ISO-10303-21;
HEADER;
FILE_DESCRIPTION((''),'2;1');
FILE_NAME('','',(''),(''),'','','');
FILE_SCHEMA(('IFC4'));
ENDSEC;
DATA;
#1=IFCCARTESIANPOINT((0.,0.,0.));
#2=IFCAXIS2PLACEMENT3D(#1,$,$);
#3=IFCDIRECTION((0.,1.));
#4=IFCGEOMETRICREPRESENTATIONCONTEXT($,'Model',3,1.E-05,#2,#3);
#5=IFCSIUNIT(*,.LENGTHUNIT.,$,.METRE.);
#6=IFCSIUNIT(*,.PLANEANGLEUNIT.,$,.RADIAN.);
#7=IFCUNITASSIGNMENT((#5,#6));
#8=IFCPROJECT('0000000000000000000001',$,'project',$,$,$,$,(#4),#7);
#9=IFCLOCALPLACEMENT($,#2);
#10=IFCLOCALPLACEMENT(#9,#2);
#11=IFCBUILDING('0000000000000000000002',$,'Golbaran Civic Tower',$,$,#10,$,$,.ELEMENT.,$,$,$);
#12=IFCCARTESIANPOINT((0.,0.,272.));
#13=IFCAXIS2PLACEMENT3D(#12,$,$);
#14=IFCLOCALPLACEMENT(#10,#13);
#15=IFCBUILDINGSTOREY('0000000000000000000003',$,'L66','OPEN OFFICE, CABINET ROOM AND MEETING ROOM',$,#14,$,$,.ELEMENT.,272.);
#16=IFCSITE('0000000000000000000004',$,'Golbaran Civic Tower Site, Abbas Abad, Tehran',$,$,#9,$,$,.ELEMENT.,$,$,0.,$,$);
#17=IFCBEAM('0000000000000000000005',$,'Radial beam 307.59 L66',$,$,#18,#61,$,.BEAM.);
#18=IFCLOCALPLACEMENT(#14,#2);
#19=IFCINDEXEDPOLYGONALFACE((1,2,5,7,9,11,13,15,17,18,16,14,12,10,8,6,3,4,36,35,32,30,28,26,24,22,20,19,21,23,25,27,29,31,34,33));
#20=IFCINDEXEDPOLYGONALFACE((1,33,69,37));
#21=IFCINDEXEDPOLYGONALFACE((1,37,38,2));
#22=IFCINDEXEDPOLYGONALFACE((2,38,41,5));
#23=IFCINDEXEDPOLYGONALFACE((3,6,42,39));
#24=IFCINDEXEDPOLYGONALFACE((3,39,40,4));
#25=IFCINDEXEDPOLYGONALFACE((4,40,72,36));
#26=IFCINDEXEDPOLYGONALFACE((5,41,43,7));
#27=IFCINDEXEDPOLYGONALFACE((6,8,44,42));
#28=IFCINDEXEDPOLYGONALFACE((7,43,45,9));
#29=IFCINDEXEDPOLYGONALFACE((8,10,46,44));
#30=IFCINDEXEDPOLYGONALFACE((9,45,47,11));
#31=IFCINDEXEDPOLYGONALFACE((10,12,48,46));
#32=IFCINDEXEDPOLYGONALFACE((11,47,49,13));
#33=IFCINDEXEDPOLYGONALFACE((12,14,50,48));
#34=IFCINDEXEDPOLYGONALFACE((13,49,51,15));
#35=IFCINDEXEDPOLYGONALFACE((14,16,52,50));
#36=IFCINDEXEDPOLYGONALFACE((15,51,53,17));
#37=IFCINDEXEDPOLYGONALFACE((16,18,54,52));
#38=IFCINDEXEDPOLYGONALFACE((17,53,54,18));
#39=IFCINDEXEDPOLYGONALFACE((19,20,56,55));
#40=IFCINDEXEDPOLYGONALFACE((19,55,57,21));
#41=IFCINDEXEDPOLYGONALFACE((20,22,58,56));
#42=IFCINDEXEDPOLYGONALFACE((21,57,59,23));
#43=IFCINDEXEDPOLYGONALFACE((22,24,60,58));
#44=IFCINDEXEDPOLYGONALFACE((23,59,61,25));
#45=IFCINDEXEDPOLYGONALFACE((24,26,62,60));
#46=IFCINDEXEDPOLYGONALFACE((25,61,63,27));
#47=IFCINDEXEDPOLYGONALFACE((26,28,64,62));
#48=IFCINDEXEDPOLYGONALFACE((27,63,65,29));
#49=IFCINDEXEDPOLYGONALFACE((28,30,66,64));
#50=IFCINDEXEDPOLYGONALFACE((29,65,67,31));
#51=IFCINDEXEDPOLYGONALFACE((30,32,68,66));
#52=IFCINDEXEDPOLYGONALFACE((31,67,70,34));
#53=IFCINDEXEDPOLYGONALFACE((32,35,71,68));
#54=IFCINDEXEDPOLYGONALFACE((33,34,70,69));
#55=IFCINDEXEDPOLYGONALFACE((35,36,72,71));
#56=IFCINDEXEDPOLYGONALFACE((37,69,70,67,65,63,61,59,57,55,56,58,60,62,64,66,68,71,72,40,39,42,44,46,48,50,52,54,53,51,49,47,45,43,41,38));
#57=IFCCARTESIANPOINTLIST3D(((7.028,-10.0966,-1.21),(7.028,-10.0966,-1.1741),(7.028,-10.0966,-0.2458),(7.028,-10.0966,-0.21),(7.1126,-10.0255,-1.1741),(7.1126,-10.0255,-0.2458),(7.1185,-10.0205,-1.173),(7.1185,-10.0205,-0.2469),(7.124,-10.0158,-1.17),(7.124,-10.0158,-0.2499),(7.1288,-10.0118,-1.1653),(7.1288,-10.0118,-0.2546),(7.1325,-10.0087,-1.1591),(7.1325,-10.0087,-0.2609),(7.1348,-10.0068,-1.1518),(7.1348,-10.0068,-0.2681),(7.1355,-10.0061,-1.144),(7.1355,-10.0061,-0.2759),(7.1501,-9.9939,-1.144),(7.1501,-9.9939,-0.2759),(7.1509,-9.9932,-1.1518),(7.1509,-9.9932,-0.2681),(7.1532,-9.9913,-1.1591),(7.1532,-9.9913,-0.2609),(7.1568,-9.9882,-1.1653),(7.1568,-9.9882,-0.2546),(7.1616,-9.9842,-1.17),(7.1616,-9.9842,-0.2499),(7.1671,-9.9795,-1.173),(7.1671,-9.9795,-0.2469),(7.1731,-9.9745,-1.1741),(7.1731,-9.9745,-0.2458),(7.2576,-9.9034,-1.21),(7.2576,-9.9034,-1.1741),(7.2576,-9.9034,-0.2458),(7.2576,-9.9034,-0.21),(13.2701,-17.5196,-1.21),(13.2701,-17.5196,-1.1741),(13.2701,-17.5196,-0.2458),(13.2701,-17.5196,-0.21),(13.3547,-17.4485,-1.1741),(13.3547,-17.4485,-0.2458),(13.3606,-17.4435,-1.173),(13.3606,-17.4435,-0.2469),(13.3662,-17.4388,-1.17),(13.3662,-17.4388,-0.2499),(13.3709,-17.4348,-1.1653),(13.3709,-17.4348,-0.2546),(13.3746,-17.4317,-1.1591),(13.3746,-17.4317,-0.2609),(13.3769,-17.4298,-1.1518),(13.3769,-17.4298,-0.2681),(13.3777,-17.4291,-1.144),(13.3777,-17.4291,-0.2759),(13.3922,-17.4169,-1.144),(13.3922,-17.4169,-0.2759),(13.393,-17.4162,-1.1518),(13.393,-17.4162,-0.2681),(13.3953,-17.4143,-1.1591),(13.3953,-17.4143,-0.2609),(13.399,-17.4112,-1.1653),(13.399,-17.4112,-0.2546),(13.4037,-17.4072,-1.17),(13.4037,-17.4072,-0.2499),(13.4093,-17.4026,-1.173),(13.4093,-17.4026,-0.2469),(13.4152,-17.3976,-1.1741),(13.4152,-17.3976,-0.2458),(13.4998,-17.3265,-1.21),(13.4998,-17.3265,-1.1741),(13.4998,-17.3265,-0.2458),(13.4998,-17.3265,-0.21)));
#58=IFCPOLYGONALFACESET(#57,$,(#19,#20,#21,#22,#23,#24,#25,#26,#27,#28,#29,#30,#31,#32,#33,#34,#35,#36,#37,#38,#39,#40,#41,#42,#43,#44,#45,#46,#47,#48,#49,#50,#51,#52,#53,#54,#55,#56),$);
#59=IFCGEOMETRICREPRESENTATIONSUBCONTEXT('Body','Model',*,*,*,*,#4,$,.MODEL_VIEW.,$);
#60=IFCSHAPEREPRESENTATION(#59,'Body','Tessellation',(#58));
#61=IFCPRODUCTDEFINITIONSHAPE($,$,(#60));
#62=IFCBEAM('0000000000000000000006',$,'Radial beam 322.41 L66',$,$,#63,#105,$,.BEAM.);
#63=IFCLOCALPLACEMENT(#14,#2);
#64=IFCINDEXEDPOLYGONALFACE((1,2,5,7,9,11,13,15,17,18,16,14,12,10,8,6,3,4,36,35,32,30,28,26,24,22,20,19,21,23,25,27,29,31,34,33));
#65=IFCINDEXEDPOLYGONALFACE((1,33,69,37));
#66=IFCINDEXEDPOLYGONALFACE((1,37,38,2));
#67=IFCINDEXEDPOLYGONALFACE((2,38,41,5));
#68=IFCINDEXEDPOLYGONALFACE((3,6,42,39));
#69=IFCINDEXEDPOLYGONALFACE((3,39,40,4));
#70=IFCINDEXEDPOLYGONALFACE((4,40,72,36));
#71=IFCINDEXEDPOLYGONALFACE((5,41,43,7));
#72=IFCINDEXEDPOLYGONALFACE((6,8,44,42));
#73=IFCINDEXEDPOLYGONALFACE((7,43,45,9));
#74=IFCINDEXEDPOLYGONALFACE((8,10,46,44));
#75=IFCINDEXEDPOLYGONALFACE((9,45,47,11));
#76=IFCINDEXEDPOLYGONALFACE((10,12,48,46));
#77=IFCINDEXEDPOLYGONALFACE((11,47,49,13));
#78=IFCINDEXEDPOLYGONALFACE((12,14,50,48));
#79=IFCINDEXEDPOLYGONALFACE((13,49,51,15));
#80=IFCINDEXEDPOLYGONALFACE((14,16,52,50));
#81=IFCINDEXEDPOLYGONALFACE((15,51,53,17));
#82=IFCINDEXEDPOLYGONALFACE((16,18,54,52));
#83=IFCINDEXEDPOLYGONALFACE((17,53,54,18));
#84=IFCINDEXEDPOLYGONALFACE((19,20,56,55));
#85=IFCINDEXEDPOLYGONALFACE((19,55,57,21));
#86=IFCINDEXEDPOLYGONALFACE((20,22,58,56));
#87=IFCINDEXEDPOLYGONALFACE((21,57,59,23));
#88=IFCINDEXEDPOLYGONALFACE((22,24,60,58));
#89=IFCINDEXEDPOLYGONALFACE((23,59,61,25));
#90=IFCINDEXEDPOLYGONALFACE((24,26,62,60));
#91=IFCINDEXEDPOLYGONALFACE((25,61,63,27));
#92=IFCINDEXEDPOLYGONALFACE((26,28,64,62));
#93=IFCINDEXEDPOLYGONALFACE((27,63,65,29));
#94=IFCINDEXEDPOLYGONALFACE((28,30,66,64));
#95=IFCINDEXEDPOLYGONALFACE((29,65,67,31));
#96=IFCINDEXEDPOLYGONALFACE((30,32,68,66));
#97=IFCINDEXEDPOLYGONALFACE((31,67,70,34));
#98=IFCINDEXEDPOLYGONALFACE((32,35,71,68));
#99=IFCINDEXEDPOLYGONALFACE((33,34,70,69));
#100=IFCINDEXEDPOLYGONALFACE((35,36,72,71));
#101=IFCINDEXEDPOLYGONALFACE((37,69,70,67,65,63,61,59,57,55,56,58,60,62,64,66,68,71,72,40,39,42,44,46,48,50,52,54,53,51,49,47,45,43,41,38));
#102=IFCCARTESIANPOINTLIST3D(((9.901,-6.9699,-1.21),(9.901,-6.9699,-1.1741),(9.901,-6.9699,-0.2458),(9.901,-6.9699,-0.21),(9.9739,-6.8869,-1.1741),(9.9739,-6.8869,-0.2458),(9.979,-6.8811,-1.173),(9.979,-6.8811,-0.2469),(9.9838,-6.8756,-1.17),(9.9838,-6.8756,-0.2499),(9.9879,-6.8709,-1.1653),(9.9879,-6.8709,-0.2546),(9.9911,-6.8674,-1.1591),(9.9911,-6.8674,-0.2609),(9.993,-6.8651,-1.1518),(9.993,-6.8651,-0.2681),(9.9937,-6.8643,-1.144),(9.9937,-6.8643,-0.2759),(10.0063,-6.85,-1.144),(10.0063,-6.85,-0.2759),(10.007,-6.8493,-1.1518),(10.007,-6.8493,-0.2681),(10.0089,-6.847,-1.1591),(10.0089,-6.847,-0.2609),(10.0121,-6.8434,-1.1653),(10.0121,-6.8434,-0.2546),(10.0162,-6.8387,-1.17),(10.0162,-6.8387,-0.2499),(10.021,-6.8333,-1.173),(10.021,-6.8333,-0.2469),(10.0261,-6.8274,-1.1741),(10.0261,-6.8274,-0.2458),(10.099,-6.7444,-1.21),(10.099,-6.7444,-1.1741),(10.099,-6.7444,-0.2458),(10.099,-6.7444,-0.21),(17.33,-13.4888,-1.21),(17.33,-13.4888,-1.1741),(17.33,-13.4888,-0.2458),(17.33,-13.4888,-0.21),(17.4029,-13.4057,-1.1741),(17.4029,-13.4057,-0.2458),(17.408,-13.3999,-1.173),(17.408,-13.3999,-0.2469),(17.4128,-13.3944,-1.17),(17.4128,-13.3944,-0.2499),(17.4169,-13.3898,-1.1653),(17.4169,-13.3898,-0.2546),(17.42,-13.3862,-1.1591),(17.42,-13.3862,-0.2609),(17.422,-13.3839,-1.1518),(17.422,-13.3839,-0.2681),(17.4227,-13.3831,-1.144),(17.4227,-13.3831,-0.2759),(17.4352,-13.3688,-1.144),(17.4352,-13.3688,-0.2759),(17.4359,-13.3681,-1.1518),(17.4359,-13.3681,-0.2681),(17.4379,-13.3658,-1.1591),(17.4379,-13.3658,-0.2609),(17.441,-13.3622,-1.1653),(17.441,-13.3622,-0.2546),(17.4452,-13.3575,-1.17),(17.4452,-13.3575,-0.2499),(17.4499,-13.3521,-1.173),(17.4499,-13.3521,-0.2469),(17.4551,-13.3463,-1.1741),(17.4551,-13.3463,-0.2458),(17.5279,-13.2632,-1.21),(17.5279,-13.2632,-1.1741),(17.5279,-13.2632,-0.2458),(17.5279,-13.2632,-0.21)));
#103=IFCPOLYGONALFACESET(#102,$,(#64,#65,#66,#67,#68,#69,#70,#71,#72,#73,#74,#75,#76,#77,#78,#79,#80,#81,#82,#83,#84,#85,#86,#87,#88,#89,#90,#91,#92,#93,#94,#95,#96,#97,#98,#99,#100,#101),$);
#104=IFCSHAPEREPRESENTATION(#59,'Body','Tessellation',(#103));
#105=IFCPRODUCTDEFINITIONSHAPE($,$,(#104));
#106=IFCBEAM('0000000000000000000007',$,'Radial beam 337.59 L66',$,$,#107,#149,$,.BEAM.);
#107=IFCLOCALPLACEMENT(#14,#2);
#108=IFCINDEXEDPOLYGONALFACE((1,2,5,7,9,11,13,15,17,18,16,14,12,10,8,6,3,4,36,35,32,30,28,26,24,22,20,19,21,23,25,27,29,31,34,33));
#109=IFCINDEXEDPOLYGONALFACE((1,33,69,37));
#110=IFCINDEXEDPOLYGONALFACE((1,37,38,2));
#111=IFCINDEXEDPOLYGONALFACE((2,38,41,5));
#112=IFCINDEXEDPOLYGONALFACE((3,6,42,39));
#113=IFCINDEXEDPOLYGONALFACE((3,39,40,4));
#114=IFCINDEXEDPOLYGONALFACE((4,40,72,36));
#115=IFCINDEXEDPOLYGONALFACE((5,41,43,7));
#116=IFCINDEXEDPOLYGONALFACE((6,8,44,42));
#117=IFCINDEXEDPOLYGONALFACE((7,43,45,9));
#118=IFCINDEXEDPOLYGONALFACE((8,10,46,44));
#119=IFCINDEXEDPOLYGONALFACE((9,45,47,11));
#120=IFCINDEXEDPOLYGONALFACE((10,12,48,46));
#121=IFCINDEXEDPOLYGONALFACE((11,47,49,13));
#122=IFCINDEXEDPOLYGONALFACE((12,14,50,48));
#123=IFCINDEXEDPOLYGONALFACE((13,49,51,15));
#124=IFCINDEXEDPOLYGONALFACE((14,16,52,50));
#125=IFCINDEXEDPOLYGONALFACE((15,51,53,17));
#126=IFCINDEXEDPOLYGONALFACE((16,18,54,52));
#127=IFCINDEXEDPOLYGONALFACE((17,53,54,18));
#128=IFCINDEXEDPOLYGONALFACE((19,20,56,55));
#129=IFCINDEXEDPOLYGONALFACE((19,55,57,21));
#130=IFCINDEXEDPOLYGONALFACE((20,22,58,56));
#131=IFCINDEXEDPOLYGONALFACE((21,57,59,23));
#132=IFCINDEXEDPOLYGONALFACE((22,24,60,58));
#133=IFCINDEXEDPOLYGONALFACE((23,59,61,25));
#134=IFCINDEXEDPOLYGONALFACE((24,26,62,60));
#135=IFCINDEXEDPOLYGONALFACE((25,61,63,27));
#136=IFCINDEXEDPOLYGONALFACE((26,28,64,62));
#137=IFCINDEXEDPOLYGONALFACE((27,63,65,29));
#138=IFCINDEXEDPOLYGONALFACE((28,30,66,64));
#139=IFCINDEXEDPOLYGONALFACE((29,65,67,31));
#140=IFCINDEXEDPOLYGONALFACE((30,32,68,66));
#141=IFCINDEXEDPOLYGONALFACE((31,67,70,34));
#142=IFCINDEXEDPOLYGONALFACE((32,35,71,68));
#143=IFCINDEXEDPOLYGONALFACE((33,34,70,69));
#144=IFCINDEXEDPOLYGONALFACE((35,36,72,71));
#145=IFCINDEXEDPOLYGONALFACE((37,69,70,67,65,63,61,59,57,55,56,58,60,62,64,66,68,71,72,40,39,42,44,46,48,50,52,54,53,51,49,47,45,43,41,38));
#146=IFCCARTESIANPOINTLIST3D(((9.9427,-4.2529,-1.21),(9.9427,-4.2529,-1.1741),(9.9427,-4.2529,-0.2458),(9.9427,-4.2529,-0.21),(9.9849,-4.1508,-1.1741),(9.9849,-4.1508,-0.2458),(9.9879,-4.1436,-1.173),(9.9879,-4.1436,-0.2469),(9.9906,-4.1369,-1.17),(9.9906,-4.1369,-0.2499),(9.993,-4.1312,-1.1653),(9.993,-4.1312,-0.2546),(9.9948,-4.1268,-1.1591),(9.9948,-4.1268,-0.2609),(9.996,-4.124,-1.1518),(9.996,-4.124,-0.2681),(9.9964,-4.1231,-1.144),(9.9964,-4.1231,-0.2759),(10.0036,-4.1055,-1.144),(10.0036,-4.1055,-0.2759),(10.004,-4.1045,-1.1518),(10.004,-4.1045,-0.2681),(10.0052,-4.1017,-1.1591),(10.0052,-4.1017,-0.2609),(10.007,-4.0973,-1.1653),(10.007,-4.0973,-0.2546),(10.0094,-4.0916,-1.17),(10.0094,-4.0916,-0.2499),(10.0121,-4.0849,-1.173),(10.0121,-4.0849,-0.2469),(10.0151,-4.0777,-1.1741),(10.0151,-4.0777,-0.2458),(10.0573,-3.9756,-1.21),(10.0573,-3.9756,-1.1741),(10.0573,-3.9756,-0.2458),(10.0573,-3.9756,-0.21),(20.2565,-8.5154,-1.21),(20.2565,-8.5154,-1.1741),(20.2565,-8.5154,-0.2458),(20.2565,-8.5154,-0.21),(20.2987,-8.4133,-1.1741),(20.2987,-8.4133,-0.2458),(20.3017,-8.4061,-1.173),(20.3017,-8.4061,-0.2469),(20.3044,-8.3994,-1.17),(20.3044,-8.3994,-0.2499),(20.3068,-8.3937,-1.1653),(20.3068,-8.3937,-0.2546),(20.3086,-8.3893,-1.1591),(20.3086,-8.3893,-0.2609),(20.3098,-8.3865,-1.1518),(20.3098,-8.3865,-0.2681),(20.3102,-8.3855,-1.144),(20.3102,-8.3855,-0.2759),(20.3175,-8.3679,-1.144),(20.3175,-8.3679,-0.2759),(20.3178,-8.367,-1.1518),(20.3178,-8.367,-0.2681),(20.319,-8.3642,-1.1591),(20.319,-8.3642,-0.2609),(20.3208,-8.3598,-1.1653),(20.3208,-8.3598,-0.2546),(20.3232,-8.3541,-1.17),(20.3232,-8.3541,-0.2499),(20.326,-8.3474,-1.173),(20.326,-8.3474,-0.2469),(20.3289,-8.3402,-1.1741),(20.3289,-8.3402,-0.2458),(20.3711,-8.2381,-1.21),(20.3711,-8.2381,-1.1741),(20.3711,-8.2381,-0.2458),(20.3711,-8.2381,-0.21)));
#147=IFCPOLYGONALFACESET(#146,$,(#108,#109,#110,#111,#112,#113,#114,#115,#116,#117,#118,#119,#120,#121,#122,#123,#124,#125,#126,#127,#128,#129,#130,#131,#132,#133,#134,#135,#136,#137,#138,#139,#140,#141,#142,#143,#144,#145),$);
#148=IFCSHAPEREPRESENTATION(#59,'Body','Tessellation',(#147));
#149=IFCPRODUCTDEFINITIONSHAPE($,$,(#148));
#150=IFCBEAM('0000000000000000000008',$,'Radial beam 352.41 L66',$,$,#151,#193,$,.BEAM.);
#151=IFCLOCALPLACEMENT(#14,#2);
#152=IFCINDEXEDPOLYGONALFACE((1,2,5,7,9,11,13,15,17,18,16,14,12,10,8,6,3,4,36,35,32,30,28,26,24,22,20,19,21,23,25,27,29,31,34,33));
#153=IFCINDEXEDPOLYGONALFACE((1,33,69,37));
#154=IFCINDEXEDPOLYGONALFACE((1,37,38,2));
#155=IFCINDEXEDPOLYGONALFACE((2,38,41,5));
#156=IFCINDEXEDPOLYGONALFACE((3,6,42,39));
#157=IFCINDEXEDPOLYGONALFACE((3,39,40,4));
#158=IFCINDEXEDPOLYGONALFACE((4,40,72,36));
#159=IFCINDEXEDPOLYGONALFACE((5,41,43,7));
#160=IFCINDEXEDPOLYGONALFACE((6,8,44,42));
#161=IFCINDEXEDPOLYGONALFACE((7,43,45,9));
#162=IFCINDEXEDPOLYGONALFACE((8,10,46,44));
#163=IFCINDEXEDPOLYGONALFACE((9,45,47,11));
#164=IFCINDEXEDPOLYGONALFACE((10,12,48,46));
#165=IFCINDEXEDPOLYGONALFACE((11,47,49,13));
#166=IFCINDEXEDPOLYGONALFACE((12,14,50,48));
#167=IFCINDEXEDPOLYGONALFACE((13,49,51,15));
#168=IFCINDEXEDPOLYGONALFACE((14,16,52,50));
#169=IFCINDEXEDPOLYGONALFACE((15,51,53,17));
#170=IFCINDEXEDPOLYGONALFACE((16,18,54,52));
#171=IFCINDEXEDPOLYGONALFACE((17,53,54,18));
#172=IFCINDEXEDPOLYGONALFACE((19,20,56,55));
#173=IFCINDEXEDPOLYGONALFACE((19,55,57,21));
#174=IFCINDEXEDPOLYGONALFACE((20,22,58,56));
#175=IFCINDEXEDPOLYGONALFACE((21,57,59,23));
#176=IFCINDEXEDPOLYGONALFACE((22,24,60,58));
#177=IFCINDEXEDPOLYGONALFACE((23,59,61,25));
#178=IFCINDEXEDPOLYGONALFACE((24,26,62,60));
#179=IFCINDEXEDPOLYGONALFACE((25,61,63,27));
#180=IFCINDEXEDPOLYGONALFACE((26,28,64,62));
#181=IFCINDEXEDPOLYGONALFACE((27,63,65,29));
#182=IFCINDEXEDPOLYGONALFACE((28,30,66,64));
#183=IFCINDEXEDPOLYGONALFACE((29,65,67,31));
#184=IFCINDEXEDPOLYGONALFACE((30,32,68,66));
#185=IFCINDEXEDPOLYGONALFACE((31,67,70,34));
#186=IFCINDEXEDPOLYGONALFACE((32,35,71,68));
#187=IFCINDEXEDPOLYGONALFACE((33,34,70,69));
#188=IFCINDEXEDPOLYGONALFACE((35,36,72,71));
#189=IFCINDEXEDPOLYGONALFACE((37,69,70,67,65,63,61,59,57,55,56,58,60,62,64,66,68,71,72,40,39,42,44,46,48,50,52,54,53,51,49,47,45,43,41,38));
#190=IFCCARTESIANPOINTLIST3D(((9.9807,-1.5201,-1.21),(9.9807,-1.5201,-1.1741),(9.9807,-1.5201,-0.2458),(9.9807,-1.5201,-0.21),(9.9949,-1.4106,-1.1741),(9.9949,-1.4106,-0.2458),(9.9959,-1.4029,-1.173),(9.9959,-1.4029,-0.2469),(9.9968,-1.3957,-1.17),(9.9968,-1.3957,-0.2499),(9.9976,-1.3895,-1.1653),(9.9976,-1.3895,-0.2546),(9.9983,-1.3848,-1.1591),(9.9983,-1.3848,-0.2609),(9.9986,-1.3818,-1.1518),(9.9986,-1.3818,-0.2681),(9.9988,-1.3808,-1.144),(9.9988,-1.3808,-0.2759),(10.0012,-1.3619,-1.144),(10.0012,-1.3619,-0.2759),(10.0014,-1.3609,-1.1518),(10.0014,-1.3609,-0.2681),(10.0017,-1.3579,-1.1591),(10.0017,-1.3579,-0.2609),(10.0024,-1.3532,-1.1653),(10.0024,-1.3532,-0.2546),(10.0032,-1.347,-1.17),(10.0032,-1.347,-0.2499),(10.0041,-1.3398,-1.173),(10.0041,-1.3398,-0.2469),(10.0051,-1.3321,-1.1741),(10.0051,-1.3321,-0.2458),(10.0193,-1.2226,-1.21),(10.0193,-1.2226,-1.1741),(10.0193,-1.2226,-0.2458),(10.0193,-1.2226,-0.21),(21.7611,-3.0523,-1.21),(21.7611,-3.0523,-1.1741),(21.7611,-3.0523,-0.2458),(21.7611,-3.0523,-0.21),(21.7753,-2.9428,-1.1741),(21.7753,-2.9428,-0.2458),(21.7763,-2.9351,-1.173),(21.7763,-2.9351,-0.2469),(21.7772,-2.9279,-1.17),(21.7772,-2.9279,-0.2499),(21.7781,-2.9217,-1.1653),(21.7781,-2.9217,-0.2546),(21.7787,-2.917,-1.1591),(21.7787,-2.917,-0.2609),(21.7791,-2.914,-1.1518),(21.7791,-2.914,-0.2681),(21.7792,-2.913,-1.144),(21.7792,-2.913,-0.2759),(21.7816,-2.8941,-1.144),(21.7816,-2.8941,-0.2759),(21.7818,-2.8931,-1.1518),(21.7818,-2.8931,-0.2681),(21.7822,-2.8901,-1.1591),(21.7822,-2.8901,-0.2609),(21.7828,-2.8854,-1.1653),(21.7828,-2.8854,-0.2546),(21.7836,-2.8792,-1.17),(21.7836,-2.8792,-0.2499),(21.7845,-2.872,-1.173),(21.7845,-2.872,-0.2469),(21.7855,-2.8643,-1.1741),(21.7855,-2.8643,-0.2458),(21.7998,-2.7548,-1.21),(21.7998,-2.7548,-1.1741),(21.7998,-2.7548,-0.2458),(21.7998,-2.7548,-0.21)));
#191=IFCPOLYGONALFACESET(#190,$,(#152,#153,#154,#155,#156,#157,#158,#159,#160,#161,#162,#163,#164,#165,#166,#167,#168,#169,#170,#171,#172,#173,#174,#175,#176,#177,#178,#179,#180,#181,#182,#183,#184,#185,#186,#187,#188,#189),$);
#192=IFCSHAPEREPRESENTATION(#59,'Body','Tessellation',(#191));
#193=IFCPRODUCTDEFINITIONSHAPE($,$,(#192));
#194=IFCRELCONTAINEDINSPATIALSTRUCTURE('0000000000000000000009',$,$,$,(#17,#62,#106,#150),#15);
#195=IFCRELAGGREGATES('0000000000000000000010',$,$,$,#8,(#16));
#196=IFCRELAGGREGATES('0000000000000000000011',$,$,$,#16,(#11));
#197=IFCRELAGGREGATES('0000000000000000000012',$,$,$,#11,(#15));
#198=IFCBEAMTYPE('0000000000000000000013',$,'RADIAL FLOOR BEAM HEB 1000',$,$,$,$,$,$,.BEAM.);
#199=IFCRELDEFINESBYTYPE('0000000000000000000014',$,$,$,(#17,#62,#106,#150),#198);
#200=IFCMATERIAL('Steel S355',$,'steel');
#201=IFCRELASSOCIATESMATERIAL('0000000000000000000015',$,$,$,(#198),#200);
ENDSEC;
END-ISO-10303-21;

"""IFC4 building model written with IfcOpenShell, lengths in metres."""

from ifc_helpers import new_model, si_unit, direction, frame, origin, origin_2d, place, context, subcontext, project, spatial, i_section, extrude, material, material_profile, profile_set, type_object, element, save


model = new_model("IFC4")

# Units and contexts
model_context = context("Model", 3, precision=1e-05, world=origin(), true_north=direction((0.0, 1.0)))
body_context = subcontext(model_context, "Body", "Model", "MODEL_VIEW")
ifc_project = project(units=[si_unit("LENGTHUNIT", "METRE"), si_unit("PLANEANGLEUNIT", "RADIAN")], contexts=[model_context])

# Site, building, storey
site_placement = place(None, origin())
site = spatial("IfcSite", under=ifc_project, at=site_placement, Name="Golbaran Civic Tower Site, Abbas Abad, Tehran", CompositionType="ELEMENT", RefElevation=0.0)
building_placement = place(site_placement, origin())
building = spatial("IfcBuilding", under=site, at=building_placement, Name="Golbaran Civic Tower", CompositionType="ELEMENT")
storey_placement = place(building_placement, frame((0.0, 0.0, 272.0)))
storey = spatial("IfcBuildingStorey", under=building, at=storey_placement, Name="L66", Description="OPEN OFFICE, CABINET ROOM AND MEETING ROOM", CompositionType="ELEMENT", Elevation=272.0)

# Beams
ifc_material_1 = material(Name="Steel S355", Category="steel")
ifc_material_profile = material_profile(ifc_material_1, i_section(OverallWidth=0.3, OverallDepth=1.0, WebThickness=0.019, FlangeThickness=0.0359, FilletRadius=0.03, at=origin_2d()), Name="HEB 1000")
ifc_profile_set = profile_set([ifc_material_profile], Name="Steel S355")
beam_type = type_object("IfcBeamType", Name="RADIAL FLOOR BEAM HEB 1000", PredefinedType="BEAM", material=ifc_profile_set)
beam_1_placement = place(storey_placement, frame((7.1428, -10.0, -0.71), z_axis=(0.643602, -0.76536, 0.0), x_axis=(0.76536, 0.643602, 0.0)))
element("IfcBeam", 1, at=beam_1_placement, inside=storey, type_object=beam_type, Name="Radial beam 307.59 L66", PredefinedType="BEAM", context=body_context, shape_type="SweptSolid", body=[
    extrude(i_section(OverallWidth=0.3, OverallDepth=1.0, WebThickness=0.019, FlangeThickness=0.0359, FilletRadius=0.03, at=origin_2d()), origin(), (0.0, 0.0, 1.0), 9.6987),
])
beam_2_placement = place(storey_placement, frame((10.0, -6.8572, -0.71), z_axis=(0.75165, -0.659562, 0.0), x_axis=(0.659562, 0.75165, 0.0)))
element("IfcBeam", 2, at=beam_2_placement, inside=storey, type_object=beam_type, Name="Radial beam 322.41 L66", PredefinedType="BEAM", context=body_context, shape_type="SweptSolid", body=[
    extrude(i_section(OverallWidth=0.3, OverallDepth=1.0, WebThickness=0.019, FlangeThickness=0.0359, FilletRadius=0.03, at=origin_2d()), origin(), (0.0, 0.0, 1.0), 9.8835),
])
beam_3_placement = place(storey_placement, frame((10.0, -4.1143, -0.71), z_axis=(0.924184, -0.381947, 0.0), x_axis=(0.381947, 0.924184, 0.0)))
element("IfcBeam", 3, at=beam_3_placement, inside=storey, type_object=beam_type, Name="Radial beam 337.59 L66", PredefinedType="BEAM", context=body_context, shape_type="SweptSolid", body=[
    extrude(i_section(OverallWidth=0.3, OverallDepth=1.0, WebThickness=0.019, FlangeThickness=0.0359, FilletRadius=0.03, at=origin_2d()), origin(), (0.0, 0.0, 1.0), 11.1599),
])
beam_4_placement = place(storey_placement, frame((10.0, -1.3713, -0.71), z_axis=(0.991647, -0.128978, 0.0), x_axis=(0.128978, 0.991647, 0.0)))
element("IfcBeam", 4, at=beam_4_placement, inside=storey, type_object=beam_type, Name="Radial beam 352.41 L66", PredefinedType="BEAM", context=body_context, shape_type="SweptSolid", body=[
    extrude(i_section(OverallWidth=0.3, OverallDepth=1.0, WebThickness=0.019, FlangeThickness=0.0359, FilletRadius=0.03, at=origin_2d()), origin(), (0.0, 0.0, 1.0), 11.8796),
])

save(model, "model.ifc")
